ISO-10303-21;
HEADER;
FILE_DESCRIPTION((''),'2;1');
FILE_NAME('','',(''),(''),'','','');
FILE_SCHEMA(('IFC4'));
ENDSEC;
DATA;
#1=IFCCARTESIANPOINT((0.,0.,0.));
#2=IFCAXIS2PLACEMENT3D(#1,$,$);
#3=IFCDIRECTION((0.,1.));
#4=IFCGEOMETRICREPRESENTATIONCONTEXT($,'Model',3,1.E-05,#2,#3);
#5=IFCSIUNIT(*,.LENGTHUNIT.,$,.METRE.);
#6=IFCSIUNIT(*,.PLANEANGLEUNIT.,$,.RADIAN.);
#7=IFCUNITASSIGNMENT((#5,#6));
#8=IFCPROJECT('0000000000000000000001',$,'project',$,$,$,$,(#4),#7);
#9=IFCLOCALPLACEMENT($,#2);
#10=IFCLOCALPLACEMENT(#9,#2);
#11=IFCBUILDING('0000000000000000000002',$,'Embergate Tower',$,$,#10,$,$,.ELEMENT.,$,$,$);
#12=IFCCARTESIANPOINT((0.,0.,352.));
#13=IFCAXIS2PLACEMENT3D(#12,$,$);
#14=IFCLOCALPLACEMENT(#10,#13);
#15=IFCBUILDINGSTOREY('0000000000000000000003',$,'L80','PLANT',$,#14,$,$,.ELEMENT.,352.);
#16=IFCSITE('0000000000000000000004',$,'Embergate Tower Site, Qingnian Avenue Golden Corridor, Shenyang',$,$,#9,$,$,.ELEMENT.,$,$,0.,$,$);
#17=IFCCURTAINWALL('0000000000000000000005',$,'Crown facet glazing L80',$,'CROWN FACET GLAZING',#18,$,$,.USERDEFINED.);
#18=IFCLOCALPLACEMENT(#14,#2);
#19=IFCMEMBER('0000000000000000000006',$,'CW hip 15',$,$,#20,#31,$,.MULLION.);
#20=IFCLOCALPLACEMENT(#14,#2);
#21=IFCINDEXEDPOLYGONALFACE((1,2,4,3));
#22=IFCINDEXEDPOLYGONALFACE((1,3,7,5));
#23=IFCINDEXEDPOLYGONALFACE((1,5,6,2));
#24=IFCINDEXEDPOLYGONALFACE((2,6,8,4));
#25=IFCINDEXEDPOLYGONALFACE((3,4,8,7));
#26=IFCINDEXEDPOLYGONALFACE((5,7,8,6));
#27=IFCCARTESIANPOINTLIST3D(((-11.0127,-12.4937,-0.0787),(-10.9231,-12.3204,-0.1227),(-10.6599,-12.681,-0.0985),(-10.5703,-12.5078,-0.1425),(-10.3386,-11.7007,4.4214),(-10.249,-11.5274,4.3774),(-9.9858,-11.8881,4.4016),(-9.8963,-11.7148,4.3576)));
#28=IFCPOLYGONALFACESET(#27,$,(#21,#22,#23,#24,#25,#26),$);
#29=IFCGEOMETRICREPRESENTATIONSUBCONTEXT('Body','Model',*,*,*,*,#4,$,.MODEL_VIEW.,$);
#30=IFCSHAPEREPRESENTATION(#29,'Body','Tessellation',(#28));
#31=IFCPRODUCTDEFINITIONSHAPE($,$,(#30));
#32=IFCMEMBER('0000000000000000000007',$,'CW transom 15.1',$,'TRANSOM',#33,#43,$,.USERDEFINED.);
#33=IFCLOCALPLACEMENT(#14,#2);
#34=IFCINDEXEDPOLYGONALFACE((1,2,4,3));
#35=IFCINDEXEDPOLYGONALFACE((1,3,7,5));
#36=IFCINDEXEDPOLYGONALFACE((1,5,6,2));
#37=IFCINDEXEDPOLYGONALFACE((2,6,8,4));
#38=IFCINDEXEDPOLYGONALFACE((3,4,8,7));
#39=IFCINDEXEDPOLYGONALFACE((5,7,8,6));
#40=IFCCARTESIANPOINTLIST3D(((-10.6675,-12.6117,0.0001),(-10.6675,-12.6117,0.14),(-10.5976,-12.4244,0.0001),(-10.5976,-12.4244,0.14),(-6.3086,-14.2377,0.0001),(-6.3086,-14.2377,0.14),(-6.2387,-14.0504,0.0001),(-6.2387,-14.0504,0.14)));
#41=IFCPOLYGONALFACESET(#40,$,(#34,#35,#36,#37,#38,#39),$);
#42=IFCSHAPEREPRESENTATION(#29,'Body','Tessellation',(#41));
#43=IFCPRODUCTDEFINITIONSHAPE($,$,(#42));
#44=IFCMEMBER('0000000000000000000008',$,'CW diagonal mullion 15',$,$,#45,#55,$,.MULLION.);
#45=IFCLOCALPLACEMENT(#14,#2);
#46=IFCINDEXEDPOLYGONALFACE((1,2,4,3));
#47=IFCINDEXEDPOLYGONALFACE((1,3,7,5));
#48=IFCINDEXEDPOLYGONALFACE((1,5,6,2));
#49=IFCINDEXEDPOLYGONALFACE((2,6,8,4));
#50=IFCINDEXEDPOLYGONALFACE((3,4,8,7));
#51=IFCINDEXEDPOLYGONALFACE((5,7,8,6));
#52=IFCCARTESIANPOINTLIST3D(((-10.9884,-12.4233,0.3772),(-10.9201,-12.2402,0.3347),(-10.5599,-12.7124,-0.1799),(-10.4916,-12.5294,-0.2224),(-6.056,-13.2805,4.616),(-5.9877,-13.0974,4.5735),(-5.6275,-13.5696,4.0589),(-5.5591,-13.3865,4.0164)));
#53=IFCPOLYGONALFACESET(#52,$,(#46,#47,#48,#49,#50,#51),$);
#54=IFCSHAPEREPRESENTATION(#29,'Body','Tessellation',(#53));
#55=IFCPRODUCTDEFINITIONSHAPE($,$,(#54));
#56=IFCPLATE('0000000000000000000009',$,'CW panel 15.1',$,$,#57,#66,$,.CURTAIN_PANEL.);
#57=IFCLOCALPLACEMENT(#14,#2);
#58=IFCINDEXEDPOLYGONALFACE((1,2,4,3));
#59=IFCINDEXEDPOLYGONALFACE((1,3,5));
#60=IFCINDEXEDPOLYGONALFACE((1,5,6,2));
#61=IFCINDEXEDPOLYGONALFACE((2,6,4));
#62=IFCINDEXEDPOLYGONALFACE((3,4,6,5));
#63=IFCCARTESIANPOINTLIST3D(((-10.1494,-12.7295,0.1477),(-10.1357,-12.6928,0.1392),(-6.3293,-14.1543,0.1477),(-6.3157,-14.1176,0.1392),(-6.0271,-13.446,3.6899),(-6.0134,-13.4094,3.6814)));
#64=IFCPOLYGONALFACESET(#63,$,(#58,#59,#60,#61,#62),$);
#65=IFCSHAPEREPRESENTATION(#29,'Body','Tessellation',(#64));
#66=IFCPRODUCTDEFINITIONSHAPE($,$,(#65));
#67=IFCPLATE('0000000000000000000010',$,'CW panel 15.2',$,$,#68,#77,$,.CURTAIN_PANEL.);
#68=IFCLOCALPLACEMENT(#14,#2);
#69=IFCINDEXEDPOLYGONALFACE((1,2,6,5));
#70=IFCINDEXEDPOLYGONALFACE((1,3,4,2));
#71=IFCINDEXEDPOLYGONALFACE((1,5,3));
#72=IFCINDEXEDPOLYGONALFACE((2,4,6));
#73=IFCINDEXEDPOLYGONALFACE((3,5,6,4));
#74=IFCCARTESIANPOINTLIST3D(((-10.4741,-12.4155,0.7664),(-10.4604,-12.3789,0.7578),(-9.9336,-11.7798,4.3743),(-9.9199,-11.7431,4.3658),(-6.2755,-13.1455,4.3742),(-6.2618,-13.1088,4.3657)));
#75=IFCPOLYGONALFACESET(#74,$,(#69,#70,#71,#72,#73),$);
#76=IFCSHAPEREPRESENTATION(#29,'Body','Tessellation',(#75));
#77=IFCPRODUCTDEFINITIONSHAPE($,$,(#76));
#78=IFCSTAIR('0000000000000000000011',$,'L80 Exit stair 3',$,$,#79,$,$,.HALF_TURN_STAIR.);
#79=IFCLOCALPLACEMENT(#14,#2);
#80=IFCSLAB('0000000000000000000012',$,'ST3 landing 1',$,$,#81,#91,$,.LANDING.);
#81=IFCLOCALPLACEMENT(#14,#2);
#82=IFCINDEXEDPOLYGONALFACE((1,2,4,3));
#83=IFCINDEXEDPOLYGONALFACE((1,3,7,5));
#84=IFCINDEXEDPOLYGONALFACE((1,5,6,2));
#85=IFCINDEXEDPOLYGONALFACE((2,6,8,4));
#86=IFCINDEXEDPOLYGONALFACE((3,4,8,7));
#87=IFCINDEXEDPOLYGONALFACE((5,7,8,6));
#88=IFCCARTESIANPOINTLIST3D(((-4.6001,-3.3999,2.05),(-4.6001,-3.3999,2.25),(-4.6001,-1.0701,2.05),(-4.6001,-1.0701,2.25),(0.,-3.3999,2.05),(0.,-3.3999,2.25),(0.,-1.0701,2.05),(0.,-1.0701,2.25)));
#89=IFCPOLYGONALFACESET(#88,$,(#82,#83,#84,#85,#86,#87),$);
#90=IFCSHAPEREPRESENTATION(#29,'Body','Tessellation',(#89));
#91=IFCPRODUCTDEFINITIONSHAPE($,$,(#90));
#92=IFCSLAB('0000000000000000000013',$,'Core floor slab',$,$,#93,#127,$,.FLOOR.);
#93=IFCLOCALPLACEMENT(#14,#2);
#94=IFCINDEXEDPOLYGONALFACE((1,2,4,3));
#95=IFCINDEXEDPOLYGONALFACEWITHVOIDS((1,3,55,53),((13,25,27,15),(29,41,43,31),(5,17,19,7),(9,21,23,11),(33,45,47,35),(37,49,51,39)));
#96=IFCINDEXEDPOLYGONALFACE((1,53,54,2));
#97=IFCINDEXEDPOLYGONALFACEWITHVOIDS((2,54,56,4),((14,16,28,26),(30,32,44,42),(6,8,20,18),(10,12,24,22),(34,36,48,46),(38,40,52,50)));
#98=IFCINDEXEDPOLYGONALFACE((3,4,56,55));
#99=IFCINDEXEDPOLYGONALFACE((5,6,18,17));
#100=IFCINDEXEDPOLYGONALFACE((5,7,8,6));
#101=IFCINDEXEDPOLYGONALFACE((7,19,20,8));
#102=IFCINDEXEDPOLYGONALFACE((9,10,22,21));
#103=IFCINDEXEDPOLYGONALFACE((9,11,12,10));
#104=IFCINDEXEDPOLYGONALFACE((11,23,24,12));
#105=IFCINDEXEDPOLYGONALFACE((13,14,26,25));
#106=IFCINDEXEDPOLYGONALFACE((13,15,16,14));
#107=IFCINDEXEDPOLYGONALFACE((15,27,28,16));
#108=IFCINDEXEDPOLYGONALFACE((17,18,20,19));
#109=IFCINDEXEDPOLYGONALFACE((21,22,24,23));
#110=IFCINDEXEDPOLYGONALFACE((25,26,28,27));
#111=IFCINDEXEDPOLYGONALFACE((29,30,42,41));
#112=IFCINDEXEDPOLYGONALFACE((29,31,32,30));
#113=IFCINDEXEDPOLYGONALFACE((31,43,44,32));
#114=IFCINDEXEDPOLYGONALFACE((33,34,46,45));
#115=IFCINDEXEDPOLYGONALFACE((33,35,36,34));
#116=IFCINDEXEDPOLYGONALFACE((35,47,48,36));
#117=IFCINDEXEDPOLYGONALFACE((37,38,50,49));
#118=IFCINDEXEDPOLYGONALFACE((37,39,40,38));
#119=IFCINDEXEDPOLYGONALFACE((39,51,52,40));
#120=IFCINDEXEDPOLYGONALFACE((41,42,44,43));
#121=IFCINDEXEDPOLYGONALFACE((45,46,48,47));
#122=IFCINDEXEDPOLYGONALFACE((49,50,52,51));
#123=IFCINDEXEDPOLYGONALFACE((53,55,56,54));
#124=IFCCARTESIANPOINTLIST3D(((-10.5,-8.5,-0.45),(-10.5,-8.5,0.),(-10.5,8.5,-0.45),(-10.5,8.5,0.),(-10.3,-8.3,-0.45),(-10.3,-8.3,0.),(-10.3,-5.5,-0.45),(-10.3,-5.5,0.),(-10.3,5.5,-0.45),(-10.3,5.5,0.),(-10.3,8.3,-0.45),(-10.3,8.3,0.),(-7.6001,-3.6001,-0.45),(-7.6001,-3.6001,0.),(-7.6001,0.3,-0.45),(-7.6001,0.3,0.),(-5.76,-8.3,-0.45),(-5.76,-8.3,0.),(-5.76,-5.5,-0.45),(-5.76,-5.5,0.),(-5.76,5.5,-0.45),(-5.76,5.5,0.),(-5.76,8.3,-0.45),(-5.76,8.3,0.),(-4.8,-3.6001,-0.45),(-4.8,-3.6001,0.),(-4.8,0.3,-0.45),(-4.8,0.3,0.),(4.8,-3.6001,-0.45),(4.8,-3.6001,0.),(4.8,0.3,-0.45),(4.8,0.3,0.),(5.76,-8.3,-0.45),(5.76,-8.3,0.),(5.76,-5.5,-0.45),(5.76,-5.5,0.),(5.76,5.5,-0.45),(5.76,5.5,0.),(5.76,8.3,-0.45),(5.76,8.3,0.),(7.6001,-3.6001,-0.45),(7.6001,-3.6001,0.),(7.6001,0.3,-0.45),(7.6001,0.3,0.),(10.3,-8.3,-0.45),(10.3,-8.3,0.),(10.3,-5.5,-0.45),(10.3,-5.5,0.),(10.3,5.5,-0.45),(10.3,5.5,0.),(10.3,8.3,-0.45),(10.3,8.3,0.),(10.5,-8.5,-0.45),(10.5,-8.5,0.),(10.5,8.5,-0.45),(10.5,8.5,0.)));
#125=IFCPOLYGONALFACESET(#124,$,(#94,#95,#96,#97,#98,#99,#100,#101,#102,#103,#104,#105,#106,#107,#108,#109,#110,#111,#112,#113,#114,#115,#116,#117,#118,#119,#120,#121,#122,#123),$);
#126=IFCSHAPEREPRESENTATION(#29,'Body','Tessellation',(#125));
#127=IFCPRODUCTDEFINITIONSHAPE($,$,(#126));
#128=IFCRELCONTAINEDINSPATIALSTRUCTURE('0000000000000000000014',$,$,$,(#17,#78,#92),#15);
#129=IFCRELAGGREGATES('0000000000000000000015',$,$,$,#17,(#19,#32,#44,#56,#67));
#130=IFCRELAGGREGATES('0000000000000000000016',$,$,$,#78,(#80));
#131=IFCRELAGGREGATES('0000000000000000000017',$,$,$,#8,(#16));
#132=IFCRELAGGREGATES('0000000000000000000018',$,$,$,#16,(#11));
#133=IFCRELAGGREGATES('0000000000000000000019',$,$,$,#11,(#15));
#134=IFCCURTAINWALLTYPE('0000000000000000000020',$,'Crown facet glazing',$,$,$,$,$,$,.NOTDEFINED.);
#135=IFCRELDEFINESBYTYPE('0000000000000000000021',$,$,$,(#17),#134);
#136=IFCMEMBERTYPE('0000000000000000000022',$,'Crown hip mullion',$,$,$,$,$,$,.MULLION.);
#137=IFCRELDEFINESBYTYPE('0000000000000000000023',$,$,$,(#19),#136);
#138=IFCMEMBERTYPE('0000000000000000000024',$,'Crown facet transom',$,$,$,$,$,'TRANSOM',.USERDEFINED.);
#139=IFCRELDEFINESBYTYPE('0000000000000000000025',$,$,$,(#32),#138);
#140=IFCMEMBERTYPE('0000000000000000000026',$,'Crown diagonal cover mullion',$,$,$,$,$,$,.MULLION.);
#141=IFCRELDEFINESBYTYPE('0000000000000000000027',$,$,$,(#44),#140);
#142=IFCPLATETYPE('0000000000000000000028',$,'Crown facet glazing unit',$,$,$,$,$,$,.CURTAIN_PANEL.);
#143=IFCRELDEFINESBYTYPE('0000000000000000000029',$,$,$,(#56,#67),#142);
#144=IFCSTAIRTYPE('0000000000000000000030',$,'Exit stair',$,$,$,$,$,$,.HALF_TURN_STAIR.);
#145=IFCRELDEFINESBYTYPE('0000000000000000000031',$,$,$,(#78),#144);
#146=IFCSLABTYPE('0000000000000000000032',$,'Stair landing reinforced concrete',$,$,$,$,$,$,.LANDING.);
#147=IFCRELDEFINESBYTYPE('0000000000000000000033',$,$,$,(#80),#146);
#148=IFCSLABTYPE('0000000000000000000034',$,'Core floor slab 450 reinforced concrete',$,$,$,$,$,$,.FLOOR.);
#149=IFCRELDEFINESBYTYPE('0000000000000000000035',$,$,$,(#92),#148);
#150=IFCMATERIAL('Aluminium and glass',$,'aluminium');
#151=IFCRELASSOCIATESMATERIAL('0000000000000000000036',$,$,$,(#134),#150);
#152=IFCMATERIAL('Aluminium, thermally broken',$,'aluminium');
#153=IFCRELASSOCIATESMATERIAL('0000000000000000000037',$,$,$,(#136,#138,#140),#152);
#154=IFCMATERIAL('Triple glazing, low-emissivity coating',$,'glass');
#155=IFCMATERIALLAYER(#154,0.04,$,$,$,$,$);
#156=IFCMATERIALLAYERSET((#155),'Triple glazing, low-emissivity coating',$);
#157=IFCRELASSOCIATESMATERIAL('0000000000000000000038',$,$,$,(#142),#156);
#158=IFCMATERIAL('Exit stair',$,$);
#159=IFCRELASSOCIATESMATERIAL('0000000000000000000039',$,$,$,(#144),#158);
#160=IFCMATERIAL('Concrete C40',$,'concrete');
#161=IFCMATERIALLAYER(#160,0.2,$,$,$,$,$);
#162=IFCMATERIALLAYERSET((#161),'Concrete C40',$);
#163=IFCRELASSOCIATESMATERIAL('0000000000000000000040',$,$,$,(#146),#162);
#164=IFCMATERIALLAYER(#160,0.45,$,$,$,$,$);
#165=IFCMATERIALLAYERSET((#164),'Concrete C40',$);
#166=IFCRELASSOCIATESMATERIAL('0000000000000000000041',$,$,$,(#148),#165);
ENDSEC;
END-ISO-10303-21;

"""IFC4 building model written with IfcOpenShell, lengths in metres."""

from ifc_helpers import new_model, si_unit, direction, frame, origin, origin_2d, place, context, subcontext, project, spatial, polyline, rectangle, outline, extrude, source, transform, mapped, material, layer, layer_set, material_profile, profile_set, type_object, element, aggregate, save


model = new_model("IFC4")

# Units and contexts
model_context = context("Model", 3, precision=1e-05, world=origin(), true_north=direction((0.0, 1.0)))
body_context = subcontext(model_context, "Body", "Model", "MODEL_VIEW")
ifc_project = project(units=[si_unit("LENGTHUNIT", "METRE"), si_unit("PLANEANGLEUNIT", "RADIAN")], contexts=[model_context])

# Site, building, storey
site_placement = place(None, origin())
site = spatial("IfcSite", under=ifc_project, at=site_placement, Name="Embergate Tower Site, Qingnian Avenue Golden Corridor, Shenyang", CompositionType="ELEMENT", RefElevation=0.0)
building_placement = place(site_placement, origin())
building = spatial("IfcBuilding", under=site, at=building_placement, Name="Embergate Tower", CompositionType="ELEMENT")
storey_placement = place(building_placement, frame((0.0, 0.0, 352.0)))
storey = spatial("IfcBuildingStorey", under=building, at=storey_placement, Name="L80", Description="PLANT", CompositionType="ELEMENT", Elevation=352.0)

# Curtain wall, members, plates
ifc_material_1 = material(Name="Aluminium and glass", Category="aluminium")
curtain_wall_type = type_object("IfcCurtainWallType", Name="Crown facet glazing", PredefinedType="NOTDEFINED", material=ifc_material_1)
curtain_wall_placement = place(storey_placement, origin())
curtain_wall = element("IfcCurtainWall", 1, at=curtain_wall_placement, inside=storey, type_object=curtain_wall_type, Name="Crown facet glazing L80", ObjectType="CROWN FACET GLAZING", PredefinedType="USERDEFINED")
ifc_material_2 = material(Name="Aluminium, thermally broken", Category="aluminium")
ifc_material_profile_1 = material_profile(ifc_material_2, rectangle(XDim=0.2, YDim=0.3999, at=origin_2d()), Name="AL 400x200")
ifc_profile_set_1 = profile_set([ifc_material_profile_1], Name="Aluminium, thermally broken")
member_type_1 = type_object("IfcMemberType", Name="Crown hip mullion", PredefinedType="MULLION", material=ifc_profile_set_1)
shared_shape_1 = source(origin(), body_context, "Body", "SweptSolid", [
    extrude(rectangle(XDim=0.2, YDim=0.3999, at=origin_2d()), origin(), (0.0, 0.0, 1.0), 4.6189),
])
member_1_placement = place(storey_placement, frame((-10.7915, -12.5007, -0.1106), z_axis=(0.145941, 0.171683, 0.974282), x_axis=(-0.44793, -0.866627, 0.21981)))
member_1 = element("IfcMember", 2, at=member_1_placement, type_object=member_type_1, Name="CW hip 15", PredefinedType="MULLION", context=body_context, shape_type="MappedRepresentation", body=[
    mapped(shared_shape_1, transform((0.0, 0.0, 0.0))),
])
ifc_material_profile_2 = material_profile(ifc_material_2, rectangle(XDim=0.2, YDim=0.1399, at=origin_2d()), Name="AL 140x200")
ifc_profile_set_2 = profile_set([ifc_material_profile_2], Name="Aluminium, thermally broken")
member_type_2 = type_object("IfcMemberType", Name="Crown facet transom", ElementType="TRANSOM", PredefinedType="USERDEFINED", material=ifc_profile_set_2)
shared_shape_2 = source(origin(), body_context, "Body", "SweptSolid", [
    extrude(rectangle(XDim=0.2, YDim=0.1399, at=origin_2d()), origin(), (0.0, 0.0, 1.0), 4.6523),
])
member_2_placement = place(storey_placement, frame((-10.6326, -12.5181, 0.0701), z_axis=(0.936936, -0.349501, 0.0), x_axis=(0.349501, 0.936936, 0.0)))
member_2 = element("IfcMember", 3, at=member_2_placement, type_object=member_type_2, Name="CW transom 15.1", ObjectType="TRANSOM", PredefinedType="USERDEFINED", context=body_context, shape_type="MappedRepresentation", body=[
    mapped(shared_shape_2, transform((0.0, 0.0, 0.0))),
])
ifc_material_profile_3 = material_profile(ifc_material_2, rectangle(XDim=0.2, YDim=0.76, at=origin_2d()), Name="AL 760x200")
ifc_profile_set_3 = profile_set([ifc_material_profile_3], Name="Aluminium, thermally broken")
member_type_3 = type_object("IfcMemberType", Name="Crown diagonal cover mullion", PredefinedType="MULLION", material=ifc_profile_set_3)
shared_shape_3 = source(origin(), body_context, "Body", "SweptSolid", [
    extrude(rectangle(XDim=0.2, YDim=0.76, at=origin_2d()), origin(), (0.0, 0.0, 1.0), 6.5598),
])
member_3_placement = place(storey_placement, frame((-10.74, -12.4763, 0.0774), z_axis=(0.751916, -0.130672, 0.646179), x_axis=(-0.341621, -0.915527, 0.212381)))
member_3 = element("IfcMember", 4, at=member_3_placement, type_object=member_type_3, Name="CW diagonal mullion 15", PredefinedType="MULLION", context=body_context, shape_type="MappedRepresentation", body=[
    mapped(shared_shape_3, transform((0.0, 0.0, 0.0))),
])
ifc_material_3 = material(Name="Triple glazing, low-emissivity coating", Category="glass")
ifc_layer_1 = layer(ifc_material_3, 0.04)
ifc_layer_set_1 = layer_set([ifc_layer_1], Name="Triple glazing, low-emissivity coating")
plate_type = type_object("IfcPlateType", Name="Crown facet glazing unit", PredefinedType="CURTAIN_PANEL", material=ifc_layer_set_1)
shared_shape_4 = source(origin(), body_context, "Body", "SweptSolid", [
    extrude(outline(polyline([(0.0, 0.0), (4.0771, 0.0), (4.1128, 3.6248), (0.0, 0.0)])), origin(), (0.0, 0.0, -1.0), 0.04),
])
plate_1_placement = place(storey_placement, frame((-10.1494, -12.7295, 0.1477), z_axis=(-0.341503, -0.91561, 0.212211), x_axis=(0.93695, -0.349463, 0.0)))
plate_1 = element("IfcPlate", 5, at=plate_1_placement, type_object=plate_type, Name="CW panel 15.1", PredefinedType="CURTAIN_PANEL", context=body_context, shape_type="MappedRepresentation", body=[
    mapped(shared_shape_4, transform((0.0, 0.0, 0.0))),
])
shared_shape_5 = source(origin(), body_context, "Body", "SweptSolid", [
    extrude(outline(polyline([(0.0, 0.0), (5.5837, 0.0), (2.6545, 2.582), (0.0, 0.0)])), origin(), (0.0, 0.0, -1.0), 0.04),
])
plate_2_placement = place(storey_placement, frame((-10.4741, -12.4155, 0.7664), z_axis=(-0.341764, -0.915443, 0.21251), x_axis=(0.751944, -0.130731, 0.646135)))
plate_2 = element("IfcPlate", 6, at=plate_2_placement, type_object=plate_type, Name="CW panel 15.2", PredefinedType="CURTAIN_PANEL", context=body_context, shape_type="MappedRepresentation", body=[
    mapped(shared_shape_5, transform((0.0, 0.0, 0.0))),
])
aggregate(curtain_wall, [member_1, member_2, member_3, plate_1, plate_2])

# Stair, slab
ifc_material_4 = material(Name="Exit stair")
stair_type = type_object("IfcStairType", Name="Exit stair", PredefinedType="HALF_TURN_STAIR", material=ifc_material_4)
stair_placement = place(storey_placement, origin())
stair = element("IfcStair", 7, at=stair_placement, inside=storey, type_object=stair_type, Name="L80 Exit stair 3", PredefinedType="HALF_TURN_STAIR")
ifc_material_5 = material(Name="Concrete C40", Category="concrete")
ifc_layer_2 = layer(ifc_material_5, 0.2)
ifc_layer_set_2 = layer_set([ifc_layer_2], Name="Concrete C40")
slab_type_1 = type_object("IfcSlabType", Name="Stair landing reinforced concrete", PredefinedType="LANDING", material=ifc_layer_set_2)
shared_shape_6 = source(origin(), body_context, "Body", "SweptSolid", [
    extrude(outline(polyline([(0.0, 0.0), (4.6001, 0.0), (4.6001, 2.3298), (0.0, 2.3298), (0.0, 0.0)])), origin(), (0.0, 0.0, 1.0), 0.2),
])
slab_1_placement = place(storey_placement, frame((-4.6001, -3.3999, 2.05)))
slab_1 = element("IfcSlab", 8, at=slab_1_placement, type_object=slab_type_1, Name="ST3 landing 1", PredefinedType="LANDING", context=body_context, shape_type="MappedRepresentation", body=[
    mapped(shared_shape_6, transform((0.0, 0.0, 0.0))),
])
aggregate(stair, [slab_1])

# Slab
ifc_layer_3 = layer(ifc_material_5, 0.45)
ifc_layer_set_3 = layer_set([ifc_layer_3], Name="Concrete C40")
slab_type_2 = type_object("IfcSlabType", Name="Core floor slab 450 reinforced concrete", PredefinedType="FLOOR", material=ifc_layer_set_3)
shared_shape_7 = source(origin(), body_context, "Body", "SweptSolid", [
    extrude(outline(polyline([(0.0, 0.0), (21.0, 0.0), (21.0, 17.0), (0.0, 17.0), (0.0, 0.0)]), holes=[polyline([(0.2, 0.2), (0.2, 3.0), (4.74, 3.0), (4.74, 0.2), (0.2, 0.2)]), polyline([(16.26, 0.2), (16.26, 3.0), (20.8, 3.0), (20.8, 0.2), (16.26, 0.2)]), polyline([(2.8999, 4.8999), (2.8999, 8.8), (5.7, 8.8), (5.7, 4.8999), (2.8999, 4.8999)]), polyline([(15.3, 4.8999), (15.3, 8.8), (18.1001, 8.8), (18.1001, 4.8999), (15.3, 4.8999)]), polyline([(0.2, 14.0), (0.2, 16.8), (4.74, 16.8), (4.74, 14.0), (0.2, 14.0)]), polyline([(16.26, 14.0), (16.26, 16.8), (20.8, 16.8), (20.8, 14.0), (16.26, 14.0)])]), origin(), (0.0, 0.0, 1.0), 0.45),
])
slab_2_placement = place(storey_placement, frame((-10.5, -8.5, -0.45)))
element("IfcSlab", 9, at=slab_2_placement, inside=storey, type_object=slab_type_2, Name="Core floor slab", PredefinedType="FLOOR", context=body_context, shape_type="MappedRepresentation", body=[
    mapped(shared_shape_7, transform((0.0, 0.0, 0.0))),
])

save(model, "model.ifc")
